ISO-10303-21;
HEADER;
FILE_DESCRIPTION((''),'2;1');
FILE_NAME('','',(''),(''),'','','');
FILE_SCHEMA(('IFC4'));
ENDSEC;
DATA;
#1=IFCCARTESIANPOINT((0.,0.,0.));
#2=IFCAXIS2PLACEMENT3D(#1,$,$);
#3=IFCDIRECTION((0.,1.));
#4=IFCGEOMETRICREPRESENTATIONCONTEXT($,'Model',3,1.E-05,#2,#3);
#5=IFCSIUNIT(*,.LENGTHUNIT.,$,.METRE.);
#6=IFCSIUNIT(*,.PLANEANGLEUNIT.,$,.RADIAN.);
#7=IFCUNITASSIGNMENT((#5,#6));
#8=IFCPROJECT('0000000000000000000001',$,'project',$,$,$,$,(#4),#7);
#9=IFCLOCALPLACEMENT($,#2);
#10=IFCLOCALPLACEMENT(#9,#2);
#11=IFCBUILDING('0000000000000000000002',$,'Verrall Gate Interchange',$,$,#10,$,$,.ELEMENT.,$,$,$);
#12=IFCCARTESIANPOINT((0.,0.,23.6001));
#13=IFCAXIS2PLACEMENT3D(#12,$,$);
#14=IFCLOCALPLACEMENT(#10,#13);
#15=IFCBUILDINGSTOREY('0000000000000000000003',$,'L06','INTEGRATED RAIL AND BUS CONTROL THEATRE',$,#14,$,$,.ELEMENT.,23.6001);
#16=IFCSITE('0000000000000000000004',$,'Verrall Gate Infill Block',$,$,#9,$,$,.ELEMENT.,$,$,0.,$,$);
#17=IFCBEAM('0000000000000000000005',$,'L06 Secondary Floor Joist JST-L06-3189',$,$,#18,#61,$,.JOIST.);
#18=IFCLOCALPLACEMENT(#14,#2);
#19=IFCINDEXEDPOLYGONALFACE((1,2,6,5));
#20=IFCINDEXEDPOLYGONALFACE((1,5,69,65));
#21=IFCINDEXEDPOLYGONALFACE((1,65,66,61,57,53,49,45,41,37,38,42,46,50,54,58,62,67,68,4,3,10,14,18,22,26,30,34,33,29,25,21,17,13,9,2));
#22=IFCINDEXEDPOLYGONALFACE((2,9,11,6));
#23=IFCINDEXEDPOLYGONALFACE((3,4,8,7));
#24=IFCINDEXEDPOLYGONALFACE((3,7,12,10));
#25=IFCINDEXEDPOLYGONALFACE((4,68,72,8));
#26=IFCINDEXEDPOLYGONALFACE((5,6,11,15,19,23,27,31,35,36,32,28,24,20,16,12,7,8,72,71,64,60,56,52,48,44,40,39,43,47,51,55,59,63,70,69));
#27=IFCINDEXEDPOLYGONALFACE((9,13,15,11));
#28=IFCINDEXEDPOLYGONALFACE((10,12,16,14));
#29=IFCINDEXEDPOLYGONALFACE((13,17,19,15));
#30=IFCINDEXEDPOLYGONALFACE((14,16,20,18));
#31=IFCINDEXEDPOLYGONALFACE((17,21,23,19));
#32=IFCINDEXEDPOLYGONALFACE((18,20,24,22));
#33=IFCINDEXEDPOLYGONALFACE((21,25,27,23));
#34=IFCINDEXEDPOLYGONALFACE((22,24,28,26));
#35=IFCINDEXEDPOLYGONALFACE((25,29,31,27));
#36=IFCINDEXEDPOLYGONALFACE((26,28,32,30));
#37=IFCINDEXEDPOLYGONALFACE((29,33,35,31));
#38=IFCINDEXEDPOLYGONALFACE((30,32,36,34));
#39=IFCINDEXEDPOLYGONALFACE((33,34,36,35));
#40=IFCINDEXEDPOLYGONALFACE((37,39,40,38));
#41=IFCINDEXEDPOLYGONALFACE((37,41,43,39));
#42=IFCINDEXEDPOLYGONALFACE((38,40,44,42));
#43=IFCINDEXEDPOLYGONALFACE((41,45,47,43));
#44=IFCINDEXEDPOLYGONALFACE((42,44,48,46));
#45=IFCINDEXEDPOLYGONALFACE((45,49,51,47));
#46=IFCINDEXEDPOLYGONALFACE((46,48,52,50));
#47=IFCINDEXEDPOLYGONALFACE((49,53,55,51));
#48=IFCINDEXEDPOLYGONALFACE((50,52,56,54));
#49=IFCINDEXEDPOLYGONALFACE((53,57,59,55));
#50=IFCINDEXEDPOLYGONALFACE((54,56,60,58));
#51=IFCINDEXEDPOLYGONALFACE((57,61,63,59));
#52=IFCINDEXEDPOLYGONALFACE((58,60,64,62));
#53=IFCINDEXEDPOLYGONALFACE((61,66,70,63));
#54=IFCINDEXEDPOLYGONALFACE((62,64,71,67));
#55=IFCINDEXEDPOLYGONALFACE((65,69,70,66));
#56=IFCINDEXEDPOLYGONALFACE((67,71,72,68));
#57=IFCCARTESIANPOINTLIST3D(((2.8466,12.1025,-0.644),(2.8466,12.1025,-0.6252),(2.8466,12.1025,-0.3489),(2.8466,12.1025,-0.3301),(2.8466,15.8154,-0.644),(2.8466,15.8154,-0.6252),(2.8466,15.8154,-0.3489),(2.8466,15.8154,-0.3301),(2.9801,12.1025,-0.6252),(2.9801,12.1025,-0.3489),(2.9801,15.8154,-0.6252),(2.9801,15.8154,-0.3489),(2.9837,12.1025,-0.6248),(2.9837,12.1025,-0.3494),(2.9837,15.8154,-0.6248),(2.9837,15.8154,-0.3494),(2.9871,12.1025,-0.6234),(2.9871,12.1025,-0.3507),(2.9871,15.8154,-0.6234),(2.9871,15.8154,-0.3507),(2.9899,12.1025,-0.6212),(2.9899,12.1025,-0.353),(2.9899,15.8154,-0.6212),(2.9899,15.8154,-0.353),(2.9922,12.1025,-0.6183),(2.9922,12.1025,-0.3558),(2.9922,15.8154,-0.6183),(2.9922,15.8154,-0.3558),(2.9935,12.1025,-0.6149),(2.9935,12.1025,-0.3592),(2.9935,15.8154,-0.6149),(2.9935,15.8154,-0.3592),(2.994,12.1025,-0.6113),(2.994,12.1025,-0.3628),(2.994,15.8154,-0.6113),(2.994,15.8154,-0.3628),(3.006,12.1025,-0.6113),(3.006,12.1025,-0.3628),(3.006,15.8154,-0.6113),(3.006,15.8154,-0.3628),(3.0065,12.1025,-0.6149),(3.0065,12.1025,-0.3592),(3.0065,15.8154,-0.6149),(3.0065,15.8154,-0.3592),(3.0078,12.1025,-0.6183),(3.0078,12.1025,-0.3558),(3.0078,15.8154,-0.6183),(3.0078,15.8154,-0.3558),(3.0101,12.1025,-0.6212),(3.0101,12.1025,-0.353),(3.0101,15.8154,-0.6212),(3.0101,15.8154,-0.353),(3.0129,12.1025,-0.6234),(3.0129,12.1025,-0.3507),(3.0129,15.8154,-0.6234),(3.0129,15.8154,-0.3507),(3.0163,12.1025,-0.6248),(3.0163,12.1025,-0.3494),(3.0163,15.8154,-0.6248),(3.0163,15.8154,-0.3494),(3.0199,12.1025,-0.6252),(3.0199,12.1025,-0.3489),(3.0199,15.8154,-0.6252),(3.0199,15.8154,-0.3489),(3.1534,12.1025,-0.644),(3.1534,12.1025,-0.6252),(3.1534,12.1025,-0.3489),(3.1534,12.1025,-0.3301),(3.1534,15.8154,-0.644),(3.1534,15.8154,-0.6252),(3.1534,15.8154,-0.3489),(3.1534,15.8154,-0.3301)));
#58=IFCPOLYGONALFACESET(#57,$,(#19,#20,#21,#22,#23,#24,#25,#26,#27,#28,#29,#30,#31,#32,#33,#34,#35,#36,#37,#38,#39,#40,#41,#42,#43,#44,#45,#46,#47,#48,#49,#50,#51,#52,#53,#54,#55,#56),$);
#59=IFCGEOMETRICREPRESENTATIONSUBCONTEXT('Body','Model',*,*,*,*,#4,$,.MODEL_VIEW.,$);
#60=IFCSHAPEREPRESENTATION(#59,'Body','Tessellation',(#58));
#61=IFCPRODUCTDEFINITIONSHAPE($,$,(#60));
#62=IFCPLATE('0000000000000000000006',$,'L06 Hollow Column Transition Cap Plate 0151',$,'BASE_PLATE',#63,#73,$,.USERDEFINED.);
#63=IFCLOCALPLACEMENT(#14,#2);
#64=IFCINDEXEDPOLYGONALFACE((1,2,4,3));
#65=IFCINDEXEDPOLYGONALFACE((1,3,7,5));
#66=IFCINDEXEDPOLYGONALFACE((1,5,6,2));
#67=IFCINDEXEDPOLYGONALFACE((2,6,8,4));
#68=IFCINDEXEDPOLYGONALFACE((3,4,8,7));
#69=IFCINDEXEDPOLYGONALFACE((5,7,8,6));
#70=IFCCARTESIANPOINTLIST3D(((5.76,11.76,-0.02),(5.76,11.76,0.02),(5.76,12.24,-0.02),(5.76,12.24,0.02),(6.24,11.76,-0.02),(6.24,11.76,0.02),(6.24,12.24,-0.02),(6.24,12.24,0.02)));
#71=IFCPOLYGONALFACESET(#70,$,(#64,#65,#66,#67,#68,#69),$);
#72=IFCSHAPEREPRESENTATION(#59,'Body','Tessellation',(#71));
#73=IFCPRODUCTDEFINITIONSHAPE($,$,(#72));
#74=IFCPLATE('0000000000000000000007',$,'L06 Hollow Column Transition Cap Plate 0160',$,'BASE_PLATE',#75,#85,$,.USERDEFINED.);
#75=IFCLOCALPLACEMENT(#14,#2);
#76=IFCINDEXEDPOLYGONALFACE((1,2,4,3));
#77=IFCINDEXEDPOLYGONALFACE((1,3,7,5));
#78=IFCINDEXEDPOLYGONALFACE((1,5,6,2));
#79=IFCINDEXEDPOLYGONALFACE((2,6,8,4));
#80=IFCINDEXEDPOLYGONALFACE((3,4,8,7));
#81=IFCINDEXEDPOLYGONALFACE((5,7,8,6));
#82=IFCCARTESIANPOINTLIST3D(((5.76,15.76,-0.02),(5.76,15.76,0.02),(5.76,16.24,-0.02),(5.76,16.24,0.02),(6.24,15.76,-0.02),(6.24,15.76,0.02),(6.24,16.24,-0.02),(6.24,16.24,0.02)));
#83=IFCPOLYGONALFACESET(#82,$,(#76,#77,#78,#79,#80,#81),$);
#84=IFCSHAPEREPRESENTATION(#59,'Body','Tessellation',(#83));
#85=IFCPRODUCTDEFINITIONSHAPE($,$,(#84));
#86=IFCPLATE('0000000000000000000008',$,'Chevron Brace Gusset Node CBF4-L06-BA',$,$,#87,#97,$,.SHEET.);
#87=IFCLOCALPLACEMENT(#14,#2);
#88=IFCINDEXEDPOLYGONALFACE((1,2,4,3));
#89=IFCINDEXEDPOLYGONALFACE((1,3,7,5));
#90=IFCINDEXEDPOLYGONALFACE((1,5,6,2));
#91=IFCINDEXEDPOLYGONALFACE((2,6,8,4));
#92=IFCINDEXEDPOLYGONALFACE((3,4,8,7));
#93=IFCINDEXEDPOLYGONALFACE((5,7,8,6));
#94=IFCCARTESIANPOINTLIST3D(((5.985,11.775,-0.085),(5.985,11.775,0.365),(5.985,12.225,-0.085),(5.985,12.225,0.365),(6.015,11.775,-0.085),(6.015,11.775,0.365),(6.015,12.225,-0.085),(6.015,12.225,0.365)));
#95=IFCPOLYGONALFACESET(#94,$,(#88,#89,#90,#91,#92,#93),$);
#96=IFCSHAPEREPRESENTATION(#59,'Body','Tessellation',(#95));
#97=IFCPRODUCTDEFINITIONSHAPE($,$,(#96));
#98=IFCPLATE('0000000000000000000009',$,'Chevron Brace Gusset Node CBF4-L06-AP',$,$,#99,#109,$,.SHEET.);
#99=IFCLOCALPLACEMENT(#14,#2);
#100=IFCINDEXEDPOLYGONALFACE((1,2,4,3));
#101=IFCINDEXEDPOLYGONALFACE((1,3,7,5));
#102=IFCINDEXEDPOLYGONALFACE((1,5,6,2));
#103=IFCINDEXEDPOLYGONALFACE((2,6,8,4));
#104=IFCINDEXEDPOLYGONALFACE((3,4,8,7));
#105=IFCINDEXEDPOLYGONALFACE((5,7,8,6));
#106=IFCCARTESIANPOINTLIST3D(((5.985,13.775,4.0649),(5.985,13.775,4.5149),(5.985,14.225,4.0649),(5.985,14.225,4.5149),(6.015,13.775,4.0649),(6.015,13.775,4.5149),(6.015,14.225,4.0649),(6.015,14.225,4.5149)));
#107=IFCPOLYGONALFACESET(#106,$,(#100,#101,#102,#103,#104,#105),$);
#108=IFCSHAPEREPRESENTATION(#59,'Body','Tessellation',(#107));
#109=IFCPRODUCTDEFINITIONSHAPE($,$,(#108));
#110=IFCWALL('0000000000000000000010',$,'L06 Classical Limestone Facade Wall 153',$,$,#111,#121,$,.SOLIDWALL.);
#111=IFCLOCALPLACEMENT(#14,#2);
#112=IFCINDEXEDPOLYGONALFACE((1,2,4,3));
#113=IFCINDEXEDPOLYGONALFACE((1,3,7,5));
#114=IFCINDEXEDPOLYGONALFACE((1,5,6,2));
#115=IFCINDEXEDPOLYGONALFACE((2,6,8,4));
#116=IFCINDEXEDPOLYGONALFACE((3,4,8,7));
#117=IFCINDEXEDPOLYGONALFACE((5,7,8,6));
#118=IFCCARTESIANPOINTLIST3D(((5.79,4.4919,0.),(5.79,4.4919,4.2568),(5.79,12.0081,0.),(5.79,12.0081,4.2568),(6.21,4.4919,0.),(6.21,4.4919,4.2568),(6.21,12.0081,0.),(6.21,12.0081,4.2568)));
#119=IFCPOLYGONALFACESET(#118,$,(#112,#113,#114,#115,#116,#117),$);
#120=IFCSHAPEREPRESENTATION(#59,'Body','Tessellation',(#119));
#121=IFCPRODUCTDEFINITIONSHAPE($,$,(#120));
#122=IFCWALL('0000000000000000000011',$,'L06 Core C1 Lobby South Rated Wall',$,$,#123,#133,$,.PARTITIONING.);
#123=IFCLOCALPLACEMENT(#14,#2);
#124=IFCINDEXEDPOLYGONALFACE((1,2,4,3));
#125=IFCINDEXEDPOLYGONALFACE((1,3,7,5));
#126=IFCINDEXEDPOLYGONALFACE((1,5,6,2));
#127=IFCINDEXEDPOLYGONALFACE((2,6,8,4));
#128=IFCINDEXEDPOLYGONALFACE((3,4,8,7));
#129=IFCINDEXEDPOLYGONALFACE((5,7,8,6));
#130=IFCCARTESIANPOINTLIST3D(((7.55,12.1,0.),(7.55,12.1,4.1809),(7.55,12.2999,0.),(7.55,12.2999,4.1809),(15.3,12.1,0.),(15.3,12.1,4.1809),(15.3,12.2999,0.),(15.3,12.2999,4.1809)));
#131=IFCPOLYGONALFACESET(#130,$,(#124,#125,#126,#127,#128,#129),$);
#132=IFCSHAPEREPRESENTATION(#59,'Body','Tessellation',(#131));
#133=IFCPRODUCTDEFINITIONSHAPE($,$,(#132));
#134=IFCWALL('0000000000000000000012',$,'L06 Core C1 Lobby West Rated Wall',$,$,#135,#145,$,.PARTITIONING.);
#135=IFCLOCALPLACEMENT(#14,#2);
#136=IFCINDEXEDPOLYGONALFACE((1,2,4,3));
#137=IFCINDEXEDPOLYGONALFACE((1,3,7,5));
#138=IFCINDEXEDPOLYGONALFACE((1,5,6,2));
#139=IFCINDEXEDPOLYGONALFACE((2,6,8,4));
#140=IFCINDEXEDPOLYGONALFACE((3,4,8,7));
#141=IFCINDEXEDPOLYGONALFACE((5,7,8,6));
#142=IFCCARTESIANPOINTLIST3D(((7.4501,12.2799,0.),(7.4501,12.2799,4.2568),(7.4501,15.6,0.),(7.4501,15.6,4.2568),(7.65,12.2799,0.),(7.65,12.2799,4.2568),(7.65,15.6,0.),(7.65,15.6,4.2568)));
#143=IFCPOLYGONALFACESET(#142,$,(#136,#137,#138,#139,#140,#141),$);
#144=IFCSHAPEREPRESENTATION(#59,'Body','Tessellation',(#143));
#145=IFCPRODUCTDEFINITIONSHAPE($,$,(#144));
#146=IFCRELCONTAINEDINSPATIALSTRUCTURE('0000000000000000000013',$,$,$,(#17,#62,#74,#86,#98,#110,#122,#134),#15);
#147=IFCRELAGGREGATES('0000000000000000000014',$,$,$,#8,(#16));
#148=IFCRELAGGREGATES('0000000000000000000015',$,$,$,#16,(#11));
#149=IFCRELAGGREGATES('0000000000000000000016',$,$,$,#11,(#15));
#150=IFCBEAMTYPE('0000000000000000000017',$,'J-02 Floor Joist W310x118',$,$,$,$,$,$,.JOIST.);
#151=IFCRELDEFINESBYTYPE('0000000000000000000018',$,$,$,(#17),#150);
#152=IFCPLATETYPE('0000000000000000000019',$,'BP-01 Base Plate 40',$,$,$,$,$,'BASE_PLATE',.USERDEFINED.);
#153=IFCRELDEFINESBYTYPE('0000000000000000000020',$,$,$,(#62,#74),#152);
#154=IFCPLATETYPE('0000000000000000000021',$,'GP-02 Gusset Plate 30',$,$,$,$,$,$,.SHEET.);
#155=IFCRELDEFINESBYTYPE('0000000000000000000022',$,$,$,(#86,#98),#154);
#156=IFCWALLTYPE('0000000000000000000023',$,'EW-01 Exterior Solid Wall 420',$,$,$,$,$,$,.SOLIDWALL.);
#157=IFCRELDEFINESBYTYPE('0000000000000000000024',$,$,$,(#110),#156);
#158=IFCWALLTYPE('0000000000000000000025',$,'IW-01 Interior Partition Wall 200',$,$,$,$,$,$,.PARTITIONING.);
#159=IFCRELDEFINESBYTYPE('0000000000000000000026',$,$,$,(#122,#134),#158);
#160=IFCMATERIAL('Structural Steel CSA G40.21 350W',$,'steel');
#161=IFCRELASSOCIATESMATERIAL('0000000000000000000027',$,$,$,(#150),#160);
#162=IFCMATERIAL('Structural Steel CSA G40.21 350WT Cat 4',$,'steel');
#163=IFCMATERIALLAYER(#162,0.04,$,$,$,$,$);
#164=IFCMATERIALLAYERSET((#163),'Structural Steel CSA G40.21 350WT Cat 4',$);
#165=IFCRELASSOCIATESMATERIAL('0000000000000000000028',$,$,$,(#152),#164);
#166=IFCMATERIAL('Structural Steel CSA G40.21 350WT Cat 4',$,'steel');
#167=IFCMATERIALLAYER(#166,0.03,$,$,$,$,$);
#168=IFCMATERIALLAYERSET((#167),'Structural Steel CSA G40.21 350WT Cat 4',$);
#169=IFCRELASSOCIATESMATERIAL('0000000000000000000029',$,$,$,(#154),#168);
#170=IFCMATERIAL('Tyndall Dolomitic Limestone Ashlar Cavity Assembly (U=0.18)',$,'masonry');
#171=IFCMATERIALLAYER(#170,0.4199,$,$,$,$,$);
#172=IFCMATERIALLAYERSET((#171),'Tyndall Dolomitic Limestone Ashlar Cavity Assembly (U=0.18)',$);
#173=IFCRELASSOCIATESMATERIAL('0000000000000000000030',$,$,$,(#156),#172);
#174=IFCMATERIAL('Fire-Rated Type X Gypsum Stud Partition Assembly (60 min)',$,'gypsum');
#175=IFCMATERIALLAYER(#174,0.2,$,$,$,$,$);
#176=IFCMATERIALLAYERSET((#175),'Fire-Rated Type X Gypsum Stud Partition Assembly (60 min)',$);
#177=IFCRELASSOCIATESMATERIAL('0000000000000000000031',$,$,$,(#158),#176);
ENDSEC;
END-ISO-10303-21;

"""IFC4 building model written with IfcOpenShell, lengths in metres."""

from ifc_helpers import new_model, si_unit, direction, frame, frame_2d, origin, origin_2d, place, context, subcontext, project, spatial, rectangle, i_section, extrude, material, layer, layer_set, material_profile, profile_set, type_object, element, save


model = new_model("IFC4")

# Units and contexts
model_context = context("Model", 3, precision=1e-05, world=origin(), true_north=direction((0.0, 1.0)))
body_context = subcontext(model_context, "Body", "Model", "MODEL_VIEW")
ifc_project = project(units=[si_unit("LENGTHUNIT", "METRE"), si_unit("PLANEANGLEUNIT", "RADIAN")], contexts=[model_context])

# Site, building, storey
site_placement = place(None, origin())
site = spatial("IfcSite", under=ifc_project, at=site_placement, Name="Verrall Gate Infill Block", CompositionType="ELEMENT", RefElevation=0.0)
building_placement = place(site_placement, origin())
building = spatial("IfcBuilding", under=site, at=building_placement, Name="Verrall Gate Interchange", CompositionType="ELEMENT")
storey_placement = place(building_placement, frame((0.0, 0.0, 23.6001)))
storey = spatial("IfcBuildingStorey", under=building, at=storey_placement, Name="L06", Description="INTEGRATED RAIL AND BUS CONTROL THEATRE", CompositionType="ELEMENT", Elevation=23.6001)

# Beam
ifc_material_1 = material(Name="Structural Steel CSA G40.21 350W", Category="steel")
ifc_material_profile_1 = material_profile(ifc_material_1, i_section(OverallWidth=0.3069, OverallDepth=0.314, WebThickness=0.012, FlangeThickness=0.0188, FilletRadius=0.0139, at=origin_2d()), Name="W310x118")
ifc_profile_set_1 = profile_set([ifc_material_profile_1], Name="Structural Steel CSA G40.21 350W")
beam_type_1 = type_object("IfcBeamType", Name="J-02 Floor Joist W310x118", PredefinedType="JOIST", material=ifc_profile_set_1)
beam_1_placement = place(storey_placement, frame((3.0, 12.1025, -0.4871), z_axis=(0.0, 1.0, 0.0), x_axis=(-1.0, 0.0, 0.0)))
element("IfcBeam", 1, at=beam_1_placement, inside=storey, type_object=beam_type_1, Name="L06 Secondary Floor Joist JST-L06-3189", PredefinedType="JOIST", context=body_context, shape_type="SweptSolid", body=[
    extrude(i_section(OverallWidth=0.3069, OverallDepth=0.314, WebThickness=0.012, FlangeThickness=0.0188, FilletRadius=0.0139, at=origin_2d()), origin(), (0.0, 0.0, 1.0), 3.7129),
])

# Plates
ifc_material_2 = material(Name="Structural Steel CSA G40.21 350WT Cat 4", Category="steel")
ifc_layer_1 = layer(ifc_material_2, 0.04)
ifc_layer_set_1 = layer_set([ifc_layer_1], Name="Structural Steel CSA G40.21 350WT Cat 4")
plate_type_1 = type_object("IfcPlateType", Name="BP-01 Base Plate 40", ElementType="BASE_PLATE", PredefinedType="USERDEFINED", material=ifc_layer_set_1)
for number, where, z_axis, x_axis, name in (
    (2, (6.0, 12.0, -0.02), (0.0, 0.0, 1.0), (1.0, 0.0, 0.0), "L06 Hollow Column Transition Cap Plate 0151"),
    (3, (6.0, 16.0, -0.02), (0.0, 0.0, 1.0), (1.0, 0.0, 0.0), "L06 Hollow Column Transition Cap Plate 0160"),
):
    element("IfcPlate", number, at=place(storey_placement, frame(where, z_axis=z_axis, x_axis=x_axis)), inside=storey, type_object=plate_type_1, Name=name, ObjectType="BASE_PLATE", PredefinedType="USERDEFINED", context=body_context, shape_type="SweptSolid", body=[
        extrude(rectangle(XDim=0.48, YDim=0.48, at=origin_2d()), origin(), (0.0, 0.0, 1.0), 0.04),
    ])
ifc_material_3 = material(Name="Structural Steel CSA G40.21 350WT Cat 4", Category="steel")
ifc_layer_2 = layer(ifc_material_3, 0.03)
ifc_layer_set_2 = layer_set([ifc_layer_2], Name="Structural Steel CSA G40.21 350WT Cat 4")
plate_type_2 = type_object("IfcPlateType", Name="GP-02 Gusset Plate 30", PredefinedType="SHEET", material=ifc_layer_set_2)
for number, where, z_axis, x_axis, name in (
    (4, (6.0, 12.0, -0.085), (0.0, 0.0, 1.0), (1.0, 0.0, 0.0), "Chevron Brace Gusset Node CBF4-L06-BA"),
    (5, (6.0, 14.0, 4.0649), (0.0, 0.0, 1.0), (1.0, 0.0, 0.0), "Chevron Brace Gusset Node CBF4-L06-AP"),
):
    element("IfcPlate", number, at=place(storey_placement, frame(where, z_axis=z_axis, x_axis=x_axis)), inside=storey, type_object=plate_type_2, Name=name, PredefinedType="SHEET", context=body_context, shape_type="SweptSolid", body=[
        extrude(rectangle(XDim=0.03, YDim=0.45, at=origin_2d()), origin(), (0.0, 0.0, 1.0), 0.45),
    ])

# Walls
ifc_material_4 = material(Name="Tyndall Dolomitic Limestone Ashlar Cavity Assembly (U=0.18)", Category="masonry")
ifc_layer_3 = layer(ifc_material_4, 0.4199)
ifc_layer_set_3 = layer_set([ifc_layer_3], Name="Tyndall Dolomitic Limestone Ashlar Cavity Assembly (U=0.18)")
wall_type_1 = type_object("IfcWallType", Name="EW-01 Exterior Solid Wall 420", PredefinedType="SOLIDWALL", material=ifc_layer_set_3)
wall_1_placement = place(storey_placement, frame((6.0, 12.0081, 0.0), z_axis=(0.0, 0.0, 1.0), x_axis=(0.0, -1.0, 0.0)))
element("IfcWall", 6, at=wall_1_placement, inside=storey, type_object=wall_type_1, Name="L06 Classical Limestone Facade Wall 153", PredefinedType="SOLIDWALL", context=body_context, shape_type="SweptSolid", body=[
    extrude(rectangle(XDim=7.5161, YDim=0.4199, at=frame_2d((3.7581, 0.0))), origin(), (0.0, 0.0, 1.0), 4.2568),
])
ifc_material_5 = material(Name="Fire-Rated Type X Gypsum Stud Partition Assembly (60 min)", Category="gypsum")
ifc_layer_4 = layer(ifc_material_5, 0.2)
ifc_layer_set_4 = layer_set([ifc_layer_4], Name="Fire-Rated Type X Gypsum Stud Partition Assembly (60 min)")
wall_type_2 = type_object("IfcWallType", Name="IW-01 Interior Partition Wall 200", PredefinedType="PARTITIONING", material=ifc_layer_set_4)
wall_2_placement = place(storey_placement, frame((7.55, 12.2, 0.0), z_axis=(0.0, 0.0, 1.0), x_axis=(1.0, 0.0, 0.0)))
element("IfcWall", 7, at=wall_2_placement, inside=storey, type_object=wall_type_2, Name="L06 Core C1 Lobby South Rated Wall", PredefinedType="PARTITIONING", context=body_context, shape_type="SweptSolid", body=[
    extrude(rectangle(XDim=7.75, YDim=0.2, at=frame_2d((3.875, 0.0))), origin(), (0.0, 0.0, 1.0), 4.1809),
])
wall_3_placement = place(storey_placement, frame((7.55, 15.6001, 0.0), z_axis=(0.0, 0.0, 1.0), x_axis=(0.0, -1.0, 0.0)))
element("IfcWall", 8, at=wall_3_placement, inside=storey, type_object=wall_type_2, Name="L06 Core C1 Lobby West Rated Wall", PredefinedType="PARTITIONING", context=body_context, shape_type="SweptSolid", body=[
    extrude(rectangle(XDim=3.3201, YDim=0.2, at=frame_2d((1.6602, 0.0))), origin(), (0.0, 0.0, 1.0), 4.2568),
])

save(model, "model.ifc")
